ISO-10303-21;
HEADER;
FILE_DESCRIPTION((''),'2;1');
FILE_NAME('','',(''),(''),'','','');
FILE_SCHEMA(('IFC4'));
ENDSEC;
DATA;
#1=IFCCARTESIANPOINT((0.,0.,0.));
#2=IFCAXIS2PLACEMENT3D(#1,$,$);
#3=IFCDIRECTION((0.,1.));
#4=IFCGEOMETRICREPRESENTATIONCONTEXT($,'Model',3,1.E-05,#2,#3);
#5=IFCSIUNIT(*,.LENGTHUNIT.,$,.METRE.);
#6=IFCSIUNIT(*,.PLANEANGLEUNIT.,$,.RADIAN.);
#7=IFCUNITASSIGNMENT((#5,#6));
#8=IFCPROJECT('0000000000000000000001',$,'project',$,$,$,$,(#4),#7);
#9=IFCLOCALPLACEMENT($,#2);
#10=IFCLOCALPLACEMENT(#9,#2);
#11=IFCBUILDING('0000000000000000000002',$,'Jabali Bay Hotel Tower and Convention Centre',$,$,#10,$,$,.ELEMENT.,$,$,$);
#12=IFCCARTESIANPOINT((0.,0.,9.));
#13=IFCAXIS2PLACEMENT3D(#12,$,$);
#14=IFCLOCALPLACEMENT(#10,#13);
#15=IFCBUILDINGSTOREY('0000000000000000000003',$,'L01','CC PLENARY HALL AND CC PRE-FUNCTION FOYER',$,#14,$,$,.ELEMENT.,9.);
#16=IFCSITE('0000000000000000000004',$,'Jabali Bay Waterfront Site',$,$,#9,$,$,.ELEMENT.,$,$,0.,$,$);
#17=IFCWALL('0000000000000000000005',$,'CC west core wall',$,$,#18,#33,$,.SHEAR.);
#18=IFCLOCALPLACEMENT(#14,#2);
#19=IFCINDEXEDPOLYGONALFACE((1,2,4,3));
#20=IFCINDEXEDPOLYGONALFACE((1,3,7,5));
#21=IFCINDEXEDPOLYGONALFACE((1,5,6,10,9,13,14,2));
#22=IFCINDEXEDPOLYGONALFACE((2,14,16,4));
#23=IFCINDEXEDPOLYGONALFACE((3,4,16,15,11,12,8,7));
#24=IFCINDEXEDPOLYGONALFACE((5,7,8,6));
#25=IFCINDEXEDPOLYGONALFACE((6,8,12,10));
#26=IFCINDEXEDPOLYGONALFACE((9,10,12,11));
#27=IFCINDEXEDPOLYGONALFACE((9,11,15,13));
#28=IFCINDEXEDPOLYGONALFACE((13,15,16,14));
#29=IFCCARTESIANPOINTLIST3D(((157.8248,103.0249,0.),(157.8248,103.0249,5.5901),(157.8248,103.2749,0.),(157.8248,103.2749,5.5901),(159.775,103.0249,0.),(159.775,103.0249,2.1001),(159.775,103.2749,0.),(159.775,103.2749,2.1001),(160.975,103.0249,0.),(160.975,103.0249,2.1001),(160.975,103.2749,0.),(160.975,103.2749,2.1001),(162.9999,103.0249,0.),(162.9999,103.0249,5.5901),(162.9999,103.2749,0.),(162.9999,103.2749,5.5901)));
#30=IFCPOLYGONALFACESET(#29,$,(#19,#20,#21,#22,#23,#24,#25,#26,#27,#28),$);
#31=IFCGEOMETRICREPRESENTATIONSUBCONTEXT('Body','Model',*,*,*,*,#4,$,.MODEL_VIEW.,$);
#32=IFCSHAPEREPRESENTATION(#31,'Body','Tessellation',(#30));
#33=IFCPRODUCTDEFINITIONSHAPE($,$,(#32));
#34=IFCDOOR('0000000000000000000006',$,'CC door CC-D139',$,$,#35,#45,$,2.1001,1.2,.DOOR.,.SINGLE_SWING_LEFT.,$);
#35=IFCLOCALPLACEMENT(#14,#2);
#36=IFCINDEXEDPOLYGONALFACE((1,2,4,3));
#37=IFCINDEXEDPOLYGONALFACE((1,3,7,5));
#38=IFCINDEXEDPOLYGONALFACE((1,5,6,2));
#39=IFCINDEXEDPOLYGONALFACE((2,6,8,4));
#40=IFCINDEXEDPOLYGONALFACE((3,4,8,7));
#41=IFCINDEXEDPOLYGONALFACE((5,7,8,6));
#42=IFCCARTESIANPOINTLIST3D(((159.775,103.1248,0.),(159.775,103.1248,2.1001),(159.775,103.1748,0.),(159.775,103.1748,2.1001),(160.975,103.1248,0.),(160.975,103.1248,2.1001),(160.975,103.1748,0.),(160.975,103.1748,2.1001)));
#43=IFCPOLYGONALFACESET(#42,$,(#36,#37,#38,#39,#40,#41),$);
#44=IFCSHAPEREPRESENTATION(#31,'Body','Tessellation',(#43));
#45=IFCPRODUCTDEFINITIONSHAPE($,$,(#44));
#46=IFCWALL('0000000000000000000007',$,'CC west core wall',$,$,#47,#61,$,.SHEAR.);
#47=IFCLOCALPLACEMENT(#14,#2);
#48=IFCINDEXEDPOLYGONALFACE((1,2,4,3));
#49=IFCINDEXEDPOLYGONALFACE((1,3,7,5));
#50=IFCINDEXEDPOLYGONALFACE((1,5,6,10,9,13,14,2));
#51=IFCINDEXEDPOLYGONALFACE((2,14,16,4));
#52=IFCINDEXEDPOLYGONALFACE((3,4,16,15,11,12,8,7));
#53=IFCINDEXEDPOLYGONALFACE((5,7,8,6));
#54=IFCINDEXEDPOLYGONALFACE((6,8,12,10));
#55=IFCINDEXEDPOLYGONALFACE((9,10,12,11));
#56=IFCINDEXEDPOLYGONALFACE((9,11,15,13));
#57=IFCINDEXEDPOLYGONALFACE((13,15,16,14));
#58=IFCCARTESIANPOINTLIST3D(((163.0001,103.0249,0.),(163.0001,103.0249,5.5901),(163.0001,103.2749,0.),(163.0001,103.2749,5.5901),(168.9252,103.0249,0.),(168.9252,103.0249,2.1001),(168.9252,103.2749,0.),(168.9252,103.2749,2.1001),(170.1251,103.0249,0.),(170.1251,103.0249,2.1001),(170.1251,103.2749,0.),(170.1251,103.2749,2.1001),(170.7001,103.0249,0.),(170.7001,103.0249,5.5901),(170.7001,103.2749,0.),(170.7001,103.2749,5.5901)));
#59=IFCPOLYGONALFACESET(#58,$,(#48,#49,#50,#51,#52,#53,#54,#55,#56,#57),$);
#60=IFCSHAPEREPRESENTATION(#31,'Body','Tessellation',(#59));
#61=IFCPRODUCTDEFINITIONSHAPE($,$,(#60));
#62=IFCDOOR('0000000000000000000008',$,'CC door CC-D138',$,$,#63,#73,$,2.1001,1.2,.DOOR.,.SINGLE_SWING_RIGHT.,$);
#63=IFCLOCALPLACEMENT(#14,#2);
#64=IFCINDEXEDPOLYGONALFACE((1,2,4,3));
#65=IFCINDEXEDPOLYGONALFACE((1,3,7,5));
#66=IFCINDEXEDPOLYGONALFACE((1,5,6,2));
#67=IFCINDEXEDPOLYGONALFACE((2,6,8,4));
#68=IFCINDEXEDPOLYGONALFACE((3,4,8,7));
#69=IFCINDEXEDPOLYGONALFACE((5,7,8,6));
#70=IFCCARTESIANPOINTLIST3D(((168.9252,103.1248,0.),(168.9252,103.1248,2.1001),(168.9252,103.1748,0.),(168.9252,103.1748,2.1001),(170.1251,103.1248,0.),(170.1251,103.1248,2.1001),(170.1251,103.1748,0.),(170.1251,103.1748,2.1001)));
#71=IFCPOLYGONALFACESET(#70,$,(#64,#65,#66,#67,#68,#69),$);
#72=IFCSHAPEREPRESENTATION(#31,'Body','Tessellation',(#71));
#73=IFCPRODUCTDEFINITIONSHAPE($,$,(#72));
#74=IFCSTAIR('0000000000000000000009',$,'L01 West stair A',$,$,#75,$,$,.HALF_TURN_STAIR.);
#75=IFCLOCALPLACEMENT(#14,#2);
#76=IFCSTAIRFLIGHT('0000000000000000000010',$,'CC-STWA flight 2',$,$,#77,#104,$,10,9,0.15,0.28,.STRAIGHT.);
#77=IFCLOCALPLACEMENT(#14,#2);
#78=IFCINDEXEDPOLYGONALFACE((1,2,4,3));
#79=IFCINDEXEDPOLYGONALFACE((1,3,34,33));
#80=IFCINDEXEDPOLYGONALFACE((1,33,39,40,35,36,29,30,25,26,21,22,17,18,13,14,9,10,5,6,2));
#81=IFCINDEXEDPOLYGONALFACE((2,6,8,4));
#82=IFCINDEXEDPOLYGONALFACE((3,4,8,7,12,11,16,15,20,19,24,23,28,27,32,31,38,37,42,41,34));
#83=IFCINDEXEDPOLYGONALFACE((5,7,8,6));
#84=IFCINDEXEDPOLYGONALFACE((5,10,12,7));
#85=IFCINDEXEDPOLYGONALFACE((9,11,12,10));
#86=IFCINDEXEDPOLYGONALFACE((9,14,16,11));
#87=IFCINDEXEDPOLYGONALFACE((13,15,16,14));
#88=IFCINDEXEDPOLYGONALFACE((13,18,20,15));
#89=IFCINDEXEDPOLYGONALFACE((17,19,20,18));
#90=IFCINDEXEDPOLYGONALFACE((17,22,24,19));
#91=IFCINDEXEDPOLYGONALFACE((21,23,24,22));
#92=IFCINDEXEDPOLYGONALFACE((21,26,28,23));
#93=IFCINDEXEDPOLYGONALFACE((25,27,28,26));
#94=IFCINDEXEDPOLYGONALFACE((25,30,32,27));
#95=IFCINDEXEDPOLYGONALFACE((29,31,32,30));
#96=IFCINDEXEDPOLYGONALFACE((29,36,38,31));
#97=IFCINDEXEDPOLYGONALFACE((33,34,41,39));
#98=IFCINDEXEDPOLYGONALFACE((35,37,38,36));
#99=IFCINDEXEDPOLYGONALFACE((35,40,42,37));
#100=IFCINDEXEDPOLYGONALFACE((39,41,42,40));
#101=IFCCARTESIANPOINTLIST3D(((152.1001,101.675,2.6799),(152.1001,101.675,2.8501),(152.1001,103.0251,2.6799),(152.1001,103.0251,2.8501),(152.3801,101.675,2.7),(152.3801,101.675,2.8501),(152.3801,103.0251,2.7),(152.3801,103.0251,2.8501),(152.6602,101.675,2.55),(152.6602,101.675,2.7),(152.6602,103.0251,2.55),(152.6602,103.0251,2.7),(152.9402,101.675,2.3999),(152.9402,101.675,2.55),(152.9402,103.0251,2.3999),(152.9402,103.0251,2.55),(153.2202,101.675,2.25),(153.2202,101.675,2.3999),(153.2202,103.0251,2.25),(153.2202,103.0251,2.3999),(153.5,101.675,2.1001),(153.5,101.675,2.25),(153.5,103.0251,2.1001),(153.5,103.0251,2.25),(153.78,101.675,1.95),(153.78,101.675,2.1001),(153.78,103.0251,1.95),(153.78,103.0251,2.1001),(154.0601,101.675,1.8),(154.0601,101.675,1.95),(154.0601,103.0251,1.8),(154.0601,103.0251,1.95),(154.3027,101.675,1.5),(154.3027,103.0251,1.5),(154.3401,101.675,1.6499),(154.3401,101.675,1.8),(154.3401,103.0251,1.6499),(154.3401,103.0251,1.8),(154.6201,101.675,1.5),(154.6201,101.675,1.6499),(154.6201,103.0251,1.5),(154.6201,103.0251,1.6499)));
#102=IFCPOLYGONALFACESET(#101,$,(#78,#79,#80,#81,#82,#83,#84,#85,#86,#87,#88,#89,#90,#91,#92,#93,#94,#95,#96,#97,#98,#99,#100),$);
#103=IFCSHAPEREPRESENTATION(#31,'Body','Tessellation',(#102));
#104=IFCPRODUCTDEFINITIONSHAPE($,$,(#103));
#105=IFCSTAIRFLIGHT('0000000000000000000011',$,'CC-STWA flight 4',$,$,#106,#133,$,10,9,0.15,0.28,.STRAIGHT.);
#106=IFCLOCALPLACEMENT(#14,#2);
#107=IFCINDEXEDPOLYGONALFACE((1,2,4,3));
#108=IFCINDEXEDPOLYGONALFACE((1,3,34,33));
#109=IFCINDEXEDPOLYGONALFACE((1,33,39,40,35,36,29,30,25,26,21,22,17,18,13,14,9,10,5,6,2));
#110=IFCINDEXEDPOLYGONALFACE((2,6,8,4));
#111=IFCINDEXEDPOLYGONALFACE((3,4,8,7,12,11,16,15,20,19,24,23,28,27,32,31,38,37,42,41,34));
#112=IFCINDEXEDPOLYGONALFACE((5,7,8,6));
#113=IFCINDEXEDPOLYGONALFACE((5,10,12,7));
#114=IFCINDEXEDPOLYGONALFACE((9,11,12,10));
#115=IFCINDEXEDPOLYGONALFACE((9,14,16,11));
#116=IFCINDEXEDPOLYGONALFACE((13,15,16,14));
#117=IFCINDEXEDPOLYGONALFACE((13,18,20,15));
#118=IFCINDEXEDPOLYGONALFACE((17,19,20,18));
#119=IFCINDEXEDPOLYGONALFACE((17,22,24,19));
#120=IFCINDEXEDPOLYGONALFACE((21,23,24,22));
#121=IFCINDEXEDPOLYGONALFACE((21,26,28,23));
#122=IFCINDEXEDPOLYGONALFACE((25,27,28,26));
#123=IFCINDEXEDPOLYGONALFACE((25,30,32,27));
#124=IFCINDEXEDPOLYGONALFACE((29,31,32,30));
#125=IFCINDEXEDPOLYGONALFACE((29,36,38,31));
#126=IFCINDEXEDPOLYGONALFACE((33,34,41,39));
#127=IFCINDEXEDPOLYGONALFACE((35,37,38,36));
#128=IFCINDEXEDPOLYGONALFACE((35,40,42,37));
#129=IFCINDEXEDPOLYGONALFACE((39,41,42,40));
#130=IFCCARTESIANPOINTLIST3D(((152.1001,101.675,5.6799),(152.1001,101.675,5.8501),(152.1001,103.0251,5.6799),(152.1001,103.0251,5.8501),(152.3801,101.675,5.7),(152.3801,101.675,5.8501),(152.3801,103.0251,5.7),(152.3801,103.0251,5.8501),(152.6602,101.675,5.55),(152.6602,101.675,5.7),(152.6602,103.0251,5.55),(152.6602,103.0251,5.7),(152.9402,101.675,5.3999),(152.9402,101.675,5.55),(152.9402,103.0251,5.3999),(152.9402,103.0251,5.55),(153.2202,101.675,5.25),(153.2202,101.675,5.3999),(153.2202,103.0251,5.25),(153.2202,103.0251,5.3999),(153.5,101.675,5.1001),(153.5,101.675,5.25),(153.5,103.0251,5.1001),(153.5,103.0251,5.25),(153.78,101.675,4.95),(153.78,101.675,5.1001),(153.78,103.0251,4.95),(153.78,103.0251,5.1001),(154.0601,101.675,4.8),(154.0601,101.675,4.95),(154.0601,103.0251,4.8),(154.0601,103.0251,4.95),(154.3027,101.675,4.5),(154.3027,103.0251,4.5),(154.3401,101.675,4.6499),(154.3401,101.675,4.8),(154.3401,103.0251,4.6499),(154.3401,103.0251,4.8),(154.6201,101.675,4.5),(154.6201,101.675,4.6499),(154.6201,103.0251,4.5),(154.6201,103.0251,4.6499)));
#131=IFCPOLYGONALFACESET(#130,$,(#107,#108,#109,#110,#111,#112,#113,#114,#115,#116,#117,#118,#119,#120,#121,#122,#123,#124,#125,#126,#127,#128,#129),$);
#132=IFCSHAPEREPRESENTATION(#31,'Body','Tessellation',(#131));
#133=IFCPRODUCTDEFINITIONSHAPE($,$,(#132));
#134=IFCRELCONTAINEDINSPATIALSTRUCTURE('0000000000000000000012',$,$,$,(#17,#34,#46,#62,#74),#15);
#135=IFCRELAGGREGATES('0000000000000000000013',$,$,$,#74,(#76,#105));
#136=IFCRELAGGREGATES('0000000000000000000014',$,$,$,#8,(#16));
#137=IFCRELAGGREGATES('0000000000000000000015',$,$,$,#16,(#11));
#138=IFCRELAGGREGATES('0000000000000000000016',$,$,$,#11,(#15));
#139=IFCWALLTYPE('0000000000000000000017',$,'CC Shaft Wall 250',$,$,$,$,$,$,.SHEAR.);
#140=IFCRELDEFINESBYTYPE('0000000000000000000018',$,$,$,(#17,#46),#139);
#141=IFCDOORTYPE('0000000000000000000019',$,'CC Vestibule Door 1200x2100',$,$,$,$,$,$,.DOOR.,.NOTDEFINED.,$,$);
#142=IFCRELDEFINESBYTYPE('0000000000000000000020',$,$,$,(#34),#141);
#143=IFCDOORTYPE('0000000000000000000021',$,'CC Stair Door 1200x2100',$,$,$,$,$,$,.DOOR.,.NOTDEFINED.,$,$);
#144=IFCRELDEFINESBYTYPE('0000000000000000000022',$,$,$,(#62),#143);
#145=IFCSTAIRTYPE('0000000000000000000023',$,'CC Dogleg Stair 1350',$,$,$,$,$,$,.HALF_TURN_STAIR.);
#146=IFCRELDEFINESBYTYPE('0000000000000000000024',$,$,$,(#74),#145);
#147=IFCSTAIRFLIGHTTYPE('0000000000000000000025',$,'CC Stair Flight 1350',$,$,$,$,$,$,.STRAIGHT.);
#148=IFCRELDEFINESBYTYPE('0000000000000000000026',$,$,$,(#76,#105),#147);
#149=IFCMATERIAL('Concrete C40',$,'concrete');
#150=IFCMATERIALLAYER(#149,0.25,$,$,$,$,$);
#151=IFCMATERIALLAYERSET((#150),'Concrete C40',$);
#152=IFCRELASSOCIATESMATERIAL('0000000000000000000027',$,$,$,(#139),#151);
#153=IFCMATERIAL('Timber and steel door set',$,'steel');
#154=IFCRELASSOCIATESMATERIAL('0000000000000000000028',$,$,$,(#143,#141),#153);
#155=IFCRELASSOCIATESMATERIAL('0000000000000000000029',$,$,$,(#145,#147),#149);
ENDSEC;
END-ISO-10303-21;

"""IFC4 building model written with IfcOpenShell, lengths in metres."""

from ifc_helpers import new_model, si_unit, direction, frame, frame_2d, origin, place, context, subcontext, project, spatial, polyline, rectangle, outline, extrude, material, layer, layer_set, type_object, element, fill, aggregate, save


model = new_model("IFC4")

# Units and contexts
model_context = context("Model", 3, precision=1e-05, world=origin(), true_north=direction((0.0, 1.0)))
body_context = subcontext(model_context, "Body", "Model", "MODEL_VIEW")
ifc_project = project(units=[si_unit("LENGTHUNIT", "METRE"), si_unit("PLANEANGLEUNIT", "RADIAN")], contexts=[model_context])

# Site, building, storey
site_placement = place(None, origin())
site = spatial("IfcSite", under=ifc_project, at=site_placement, Name="Jabali Bay Waterfront Site", CompositionType="ELEMENT", RefElevation=0.0)
building_placement = place(site_placement, origin())
building = spatial("IfcBuilding", under=site, at=building_placement, Name="Jabali Bay Hotel Tower and Convention Centre", CompositionType="ELEMENT")
storey_placement = place(building_placement, frame((0.0, 0.0, 9.0)))
storey = spatial("IfcBuildingStorey", under=building, at=storey_placement, Name="L01", Description="CC PLENARY HALL AND CC PRE-FUNCTION FOYER", CompositionType="ELEMENT", Elevation=9.0)

# Shared definitions
ifc_material_1 = material(Name="Concrete C40", Category="concrete")

# Walls, openings, doors
ifc_material_2 = material(Name="Timber and steel door set", Category="steel")
ifc_layer_1 = layer(ifc_material_1, 0.25)
ifc_layer_set_1 = layer_set([ifc_layer_1], Name="Concrete C40")
wall_type_1 = type_object("IfcWallType", Name="CC Shaft Wall 250", PredefinedType="SHEAR", material=ifc_layer_set_1)
door_type_1 = type_object("IfcDoorType", Name="CC Stair Door 1200x2100", OperationType="NOTDEFINED", PredefinedType="DOOR", material=ifc_material_2)
wall_1_placement = place(storey_placement, frame((157.825, 103.1499, 0.0), z_axis=(0.0, 0.0, 1.0), x_axis=(1.0, 0.0, 0.0)))
wall_1 = element("IfcWall", 1, at=wall_1_placement, inside=storey, type_object=wall_type_1, Name="CC west core wall", PredefinedType="SHEAR", context=body_context, shape_type="SweptSolid", body=[
    extrude(rectangle(XDim=5.175, YDim=0.25, at=frame_2d((2.5874, 0.0))), origin(), (0.0, 0.0, 1.0), 5.5901),
])
opening_1_placement = place(wall_1_placement, frame((1.95, 0.0, 0.0)))
opening_1 = element("IfcOpeningElement", 2, at=opening_1_placement, cuts=wall_1, PredefinedType="OPENING", context=body_context, shape_type="SweptSolid", body=[
    extrude(rectangle(XDim=1.2, YDim=2.1001, at=frame_2d((0.6001, 1.05))), frame((0.0, 0.1355, 0.0), z_axis=(0.0, -1.0, 0.0), x_axis=(1.0, 0.0, 0.0)), (0.0, 0.0, 1.0), 0.271),
])
door_type_2 = type_object("IfcDoorType", Name="CC Vestibule Door 1200x2100", OperationType="NOTDEFINED", PredefinedType="DOOR", material=ifc_material_2)
door_1_placement = place(opening_1_placement, origin())
door_1 = element("IfcDoor", 3, at=door_1_placement, inside=storey, type_object=door_type_2, Name="CC door CC-D139", OperationType="SINGLE_SWING_LEFT", OverallHeight=2.1001, OverallWidth=1.2, PredefinedType="DOOR", context=body_context, shape_type="SweptSolid", body=[
    extrude(rectangle(XDim=1.2, YDim=2.1001, at=frame_2d((0.6001, 1.05))), frame((0.0, 0.0249, 0.0), z_axis=(0.0, -1.0, 0.0), x_axis=(1.0, 0.0, 0.0)), (0.0, 0.0, 1.0), 0.05),
])
fill(opening_1, door_1)
wall_2_placement = place(storey_placement, frame((163.0, 103.1499, 0.0), z_axis=(0.0, 0.0, 1.0), x_axis=(1.0, 0.0, 0.0)))
wall_2 = element("IfcWall", 4, at=wall_2_placement, inside=storey, type_object=wall_type_1, Name="CC west core wall", PredefinedType="SHEAR", context=body_context, shape_type="SweptSolid", body=[
    extrude(rectangle(XDim=7.7, YDim=0.25, at=frame_2d((3.8501, 0.0))), origin(), (0.0, 0.0, 1.0), 5.5901),
])
opening_2_placement = place(wall_2_placement, frame((5.925, 0.0, 0.0)))
opening_2 = element("IfcOpeningElement", 5, at=opening_2_placement, cuts=wall_2, PredefinedType="OPENING", context=body_context, shape_type="SweptSolid", body=[
    extrude(rectangle(XDim=1.2, YDim=2.1001, at=frame_2d((0.6001, 1.05))), frame((0.0, 0.1355, 0.0), z_axis=(0.0, -1.0, 0.0), x_axis=(1.0, 0.0, 0.0)), (0.0, 0.0, 1.0), 0.271),
])
door_2_placement = place(opening_2_placement, origin())
door_2 = element("IfcDoor", 6, at=door_2_placement, inside=storey, type_object=door_type_1, Name="CC door CC-D138", OperationType="SINGLE_SWING_RIGHT", OverallHeight=2.1001, OverallWidth=1.2, PredefinedType="DOOR", context=body_context, shape_type="SweptSolid", body=[
    extrude(rectangle(XDim=1.2, YDim=2.1001, at=frame_2d((0.6001, 1.05))), frame((0.0, 0.0249, 0.0), z_axis=(0.0, -1.0, 0.0), x_axis=(1.0, 0.0, 0.0)), (0.0, 0.0, 1.0), 0.05),
])
fill(opening_2, door_2)

# Stair, stair flights
stair_type = type_object("IfcStairType", Name="CC Dogleg Stair 1350", PredefinedType="HALF_TURN_STAIR", material=ifc_material_1)
stair_placement = place(storey_placement, origin())
stair = element("IfcStair", 7, at=stair_placement, inside=storey, type_object=stair_type, Name="L01 West stair A", PredefinedType="HALF_TURN_STAIR")
stair_flight_type = type_object("IfcStairFlightType", Name="CC Stair Flight 1350", PredefinedType="STRAIGHT", material=ifc_material_1)
stair_flight_1_placement = place(storey_placement, frame((154.6201, 102.3501, 1.5), z_axis=(0.0, 0.0, 1.0), x_axis=(-1.0, 0.0, 0.0)))
stair_flight_1 = element("IfcStairFlight", 8, at=stair_flight_1_placement, type_object=stair_flight_type, Name="CC-STWA flight 2", NumberOfRisers=10, NumberOfTreads=9, PredefinedType="STRAIGHT", RiserHeight=0.15, TreadLength=0.28, context=body_context, shape_type="SweptSolid", body=[
    extrude(outline(polyline([(0.0, 0.0), (0.0, 0.1499), (0.28, 0.1499), (0.28, 0.3), (0.5601, 0.3), (0.5601, 0.45), (0.8401, 0.45), (0.8401, 0.6001), (1.1201, 0.6001), (1.1201, 0.75), (1.3999, 0.75), (1.3999, 0.8999), (1.6799, 0.8999), (1.6799, 1.05), (1.96, 1.05), (1.96, 1.2), (2.24, 1.2), (2.24, 1.3501), (2.52, 1.3501), (2.52, 1.5), (2.52, 1.1799), (0.3174, 0.0), (0.0, 0.0)])), frame((0.0, 0.675, 0.0), z_axis=(0.0, -1.0, 0.0), x_axis=(1.0, 0.0, 0.0)), (0.0, 0.0, 1.0), 1.3501),
])
stair_flight_2_placement = place(storey_placement, frame((154.6201, 102.3501, 4.5), z_axis=(0.0, 0.0, 1.0), x_axis=(-1.0, 0.0, 0.0)))
stair_flight_2 = element("IfcStairFlight", 9, at=stair_flight_2_placement, type_object=stair_flight_type, Name="CC-STWA flight 4", NumberOfRisers=10, NumberOfTreads=9, PredefinedType="STRAIGHT", RiserHeight=0.15, TreadLength=0.28, context=body_context, shape_type="SweptSolid", body=[
    extrude(outline(polyline([(0.0, 0.0), (0.0, 0.1499), (0.28, 0.1499), (0.28, 0.3), (0.5601, 0.3), (0.5601, 0.45), (0.8401, 0.45), (0.8401, 0.6001), (1.1201, 0.6001), (1.1201, 0.75), (1.3999, 0.75), (1.3999, 0.8999), (1.6799, 0.8999), (1.6799, 1.05), (1.96, 1.05), (1.96, 1.2), (2.24, 1.2), (2.24, 1.3501), (2.52, 1.3501), (2.52, 1.5), (2.52, 1.1799), (0.3174, 0.0), (0.0, 0.0)])), frame((0.0, 0.675, 0.0), z_axis=(0.0, -1.0, 0.0), x_axis=(1.0, 0.0, 0.0)), (0.0, 0.0, 1.0), 1.3501),
])
aggregate(stair, [stair_flight_1, stair_flight_2])

save(model, "model.ifc")
